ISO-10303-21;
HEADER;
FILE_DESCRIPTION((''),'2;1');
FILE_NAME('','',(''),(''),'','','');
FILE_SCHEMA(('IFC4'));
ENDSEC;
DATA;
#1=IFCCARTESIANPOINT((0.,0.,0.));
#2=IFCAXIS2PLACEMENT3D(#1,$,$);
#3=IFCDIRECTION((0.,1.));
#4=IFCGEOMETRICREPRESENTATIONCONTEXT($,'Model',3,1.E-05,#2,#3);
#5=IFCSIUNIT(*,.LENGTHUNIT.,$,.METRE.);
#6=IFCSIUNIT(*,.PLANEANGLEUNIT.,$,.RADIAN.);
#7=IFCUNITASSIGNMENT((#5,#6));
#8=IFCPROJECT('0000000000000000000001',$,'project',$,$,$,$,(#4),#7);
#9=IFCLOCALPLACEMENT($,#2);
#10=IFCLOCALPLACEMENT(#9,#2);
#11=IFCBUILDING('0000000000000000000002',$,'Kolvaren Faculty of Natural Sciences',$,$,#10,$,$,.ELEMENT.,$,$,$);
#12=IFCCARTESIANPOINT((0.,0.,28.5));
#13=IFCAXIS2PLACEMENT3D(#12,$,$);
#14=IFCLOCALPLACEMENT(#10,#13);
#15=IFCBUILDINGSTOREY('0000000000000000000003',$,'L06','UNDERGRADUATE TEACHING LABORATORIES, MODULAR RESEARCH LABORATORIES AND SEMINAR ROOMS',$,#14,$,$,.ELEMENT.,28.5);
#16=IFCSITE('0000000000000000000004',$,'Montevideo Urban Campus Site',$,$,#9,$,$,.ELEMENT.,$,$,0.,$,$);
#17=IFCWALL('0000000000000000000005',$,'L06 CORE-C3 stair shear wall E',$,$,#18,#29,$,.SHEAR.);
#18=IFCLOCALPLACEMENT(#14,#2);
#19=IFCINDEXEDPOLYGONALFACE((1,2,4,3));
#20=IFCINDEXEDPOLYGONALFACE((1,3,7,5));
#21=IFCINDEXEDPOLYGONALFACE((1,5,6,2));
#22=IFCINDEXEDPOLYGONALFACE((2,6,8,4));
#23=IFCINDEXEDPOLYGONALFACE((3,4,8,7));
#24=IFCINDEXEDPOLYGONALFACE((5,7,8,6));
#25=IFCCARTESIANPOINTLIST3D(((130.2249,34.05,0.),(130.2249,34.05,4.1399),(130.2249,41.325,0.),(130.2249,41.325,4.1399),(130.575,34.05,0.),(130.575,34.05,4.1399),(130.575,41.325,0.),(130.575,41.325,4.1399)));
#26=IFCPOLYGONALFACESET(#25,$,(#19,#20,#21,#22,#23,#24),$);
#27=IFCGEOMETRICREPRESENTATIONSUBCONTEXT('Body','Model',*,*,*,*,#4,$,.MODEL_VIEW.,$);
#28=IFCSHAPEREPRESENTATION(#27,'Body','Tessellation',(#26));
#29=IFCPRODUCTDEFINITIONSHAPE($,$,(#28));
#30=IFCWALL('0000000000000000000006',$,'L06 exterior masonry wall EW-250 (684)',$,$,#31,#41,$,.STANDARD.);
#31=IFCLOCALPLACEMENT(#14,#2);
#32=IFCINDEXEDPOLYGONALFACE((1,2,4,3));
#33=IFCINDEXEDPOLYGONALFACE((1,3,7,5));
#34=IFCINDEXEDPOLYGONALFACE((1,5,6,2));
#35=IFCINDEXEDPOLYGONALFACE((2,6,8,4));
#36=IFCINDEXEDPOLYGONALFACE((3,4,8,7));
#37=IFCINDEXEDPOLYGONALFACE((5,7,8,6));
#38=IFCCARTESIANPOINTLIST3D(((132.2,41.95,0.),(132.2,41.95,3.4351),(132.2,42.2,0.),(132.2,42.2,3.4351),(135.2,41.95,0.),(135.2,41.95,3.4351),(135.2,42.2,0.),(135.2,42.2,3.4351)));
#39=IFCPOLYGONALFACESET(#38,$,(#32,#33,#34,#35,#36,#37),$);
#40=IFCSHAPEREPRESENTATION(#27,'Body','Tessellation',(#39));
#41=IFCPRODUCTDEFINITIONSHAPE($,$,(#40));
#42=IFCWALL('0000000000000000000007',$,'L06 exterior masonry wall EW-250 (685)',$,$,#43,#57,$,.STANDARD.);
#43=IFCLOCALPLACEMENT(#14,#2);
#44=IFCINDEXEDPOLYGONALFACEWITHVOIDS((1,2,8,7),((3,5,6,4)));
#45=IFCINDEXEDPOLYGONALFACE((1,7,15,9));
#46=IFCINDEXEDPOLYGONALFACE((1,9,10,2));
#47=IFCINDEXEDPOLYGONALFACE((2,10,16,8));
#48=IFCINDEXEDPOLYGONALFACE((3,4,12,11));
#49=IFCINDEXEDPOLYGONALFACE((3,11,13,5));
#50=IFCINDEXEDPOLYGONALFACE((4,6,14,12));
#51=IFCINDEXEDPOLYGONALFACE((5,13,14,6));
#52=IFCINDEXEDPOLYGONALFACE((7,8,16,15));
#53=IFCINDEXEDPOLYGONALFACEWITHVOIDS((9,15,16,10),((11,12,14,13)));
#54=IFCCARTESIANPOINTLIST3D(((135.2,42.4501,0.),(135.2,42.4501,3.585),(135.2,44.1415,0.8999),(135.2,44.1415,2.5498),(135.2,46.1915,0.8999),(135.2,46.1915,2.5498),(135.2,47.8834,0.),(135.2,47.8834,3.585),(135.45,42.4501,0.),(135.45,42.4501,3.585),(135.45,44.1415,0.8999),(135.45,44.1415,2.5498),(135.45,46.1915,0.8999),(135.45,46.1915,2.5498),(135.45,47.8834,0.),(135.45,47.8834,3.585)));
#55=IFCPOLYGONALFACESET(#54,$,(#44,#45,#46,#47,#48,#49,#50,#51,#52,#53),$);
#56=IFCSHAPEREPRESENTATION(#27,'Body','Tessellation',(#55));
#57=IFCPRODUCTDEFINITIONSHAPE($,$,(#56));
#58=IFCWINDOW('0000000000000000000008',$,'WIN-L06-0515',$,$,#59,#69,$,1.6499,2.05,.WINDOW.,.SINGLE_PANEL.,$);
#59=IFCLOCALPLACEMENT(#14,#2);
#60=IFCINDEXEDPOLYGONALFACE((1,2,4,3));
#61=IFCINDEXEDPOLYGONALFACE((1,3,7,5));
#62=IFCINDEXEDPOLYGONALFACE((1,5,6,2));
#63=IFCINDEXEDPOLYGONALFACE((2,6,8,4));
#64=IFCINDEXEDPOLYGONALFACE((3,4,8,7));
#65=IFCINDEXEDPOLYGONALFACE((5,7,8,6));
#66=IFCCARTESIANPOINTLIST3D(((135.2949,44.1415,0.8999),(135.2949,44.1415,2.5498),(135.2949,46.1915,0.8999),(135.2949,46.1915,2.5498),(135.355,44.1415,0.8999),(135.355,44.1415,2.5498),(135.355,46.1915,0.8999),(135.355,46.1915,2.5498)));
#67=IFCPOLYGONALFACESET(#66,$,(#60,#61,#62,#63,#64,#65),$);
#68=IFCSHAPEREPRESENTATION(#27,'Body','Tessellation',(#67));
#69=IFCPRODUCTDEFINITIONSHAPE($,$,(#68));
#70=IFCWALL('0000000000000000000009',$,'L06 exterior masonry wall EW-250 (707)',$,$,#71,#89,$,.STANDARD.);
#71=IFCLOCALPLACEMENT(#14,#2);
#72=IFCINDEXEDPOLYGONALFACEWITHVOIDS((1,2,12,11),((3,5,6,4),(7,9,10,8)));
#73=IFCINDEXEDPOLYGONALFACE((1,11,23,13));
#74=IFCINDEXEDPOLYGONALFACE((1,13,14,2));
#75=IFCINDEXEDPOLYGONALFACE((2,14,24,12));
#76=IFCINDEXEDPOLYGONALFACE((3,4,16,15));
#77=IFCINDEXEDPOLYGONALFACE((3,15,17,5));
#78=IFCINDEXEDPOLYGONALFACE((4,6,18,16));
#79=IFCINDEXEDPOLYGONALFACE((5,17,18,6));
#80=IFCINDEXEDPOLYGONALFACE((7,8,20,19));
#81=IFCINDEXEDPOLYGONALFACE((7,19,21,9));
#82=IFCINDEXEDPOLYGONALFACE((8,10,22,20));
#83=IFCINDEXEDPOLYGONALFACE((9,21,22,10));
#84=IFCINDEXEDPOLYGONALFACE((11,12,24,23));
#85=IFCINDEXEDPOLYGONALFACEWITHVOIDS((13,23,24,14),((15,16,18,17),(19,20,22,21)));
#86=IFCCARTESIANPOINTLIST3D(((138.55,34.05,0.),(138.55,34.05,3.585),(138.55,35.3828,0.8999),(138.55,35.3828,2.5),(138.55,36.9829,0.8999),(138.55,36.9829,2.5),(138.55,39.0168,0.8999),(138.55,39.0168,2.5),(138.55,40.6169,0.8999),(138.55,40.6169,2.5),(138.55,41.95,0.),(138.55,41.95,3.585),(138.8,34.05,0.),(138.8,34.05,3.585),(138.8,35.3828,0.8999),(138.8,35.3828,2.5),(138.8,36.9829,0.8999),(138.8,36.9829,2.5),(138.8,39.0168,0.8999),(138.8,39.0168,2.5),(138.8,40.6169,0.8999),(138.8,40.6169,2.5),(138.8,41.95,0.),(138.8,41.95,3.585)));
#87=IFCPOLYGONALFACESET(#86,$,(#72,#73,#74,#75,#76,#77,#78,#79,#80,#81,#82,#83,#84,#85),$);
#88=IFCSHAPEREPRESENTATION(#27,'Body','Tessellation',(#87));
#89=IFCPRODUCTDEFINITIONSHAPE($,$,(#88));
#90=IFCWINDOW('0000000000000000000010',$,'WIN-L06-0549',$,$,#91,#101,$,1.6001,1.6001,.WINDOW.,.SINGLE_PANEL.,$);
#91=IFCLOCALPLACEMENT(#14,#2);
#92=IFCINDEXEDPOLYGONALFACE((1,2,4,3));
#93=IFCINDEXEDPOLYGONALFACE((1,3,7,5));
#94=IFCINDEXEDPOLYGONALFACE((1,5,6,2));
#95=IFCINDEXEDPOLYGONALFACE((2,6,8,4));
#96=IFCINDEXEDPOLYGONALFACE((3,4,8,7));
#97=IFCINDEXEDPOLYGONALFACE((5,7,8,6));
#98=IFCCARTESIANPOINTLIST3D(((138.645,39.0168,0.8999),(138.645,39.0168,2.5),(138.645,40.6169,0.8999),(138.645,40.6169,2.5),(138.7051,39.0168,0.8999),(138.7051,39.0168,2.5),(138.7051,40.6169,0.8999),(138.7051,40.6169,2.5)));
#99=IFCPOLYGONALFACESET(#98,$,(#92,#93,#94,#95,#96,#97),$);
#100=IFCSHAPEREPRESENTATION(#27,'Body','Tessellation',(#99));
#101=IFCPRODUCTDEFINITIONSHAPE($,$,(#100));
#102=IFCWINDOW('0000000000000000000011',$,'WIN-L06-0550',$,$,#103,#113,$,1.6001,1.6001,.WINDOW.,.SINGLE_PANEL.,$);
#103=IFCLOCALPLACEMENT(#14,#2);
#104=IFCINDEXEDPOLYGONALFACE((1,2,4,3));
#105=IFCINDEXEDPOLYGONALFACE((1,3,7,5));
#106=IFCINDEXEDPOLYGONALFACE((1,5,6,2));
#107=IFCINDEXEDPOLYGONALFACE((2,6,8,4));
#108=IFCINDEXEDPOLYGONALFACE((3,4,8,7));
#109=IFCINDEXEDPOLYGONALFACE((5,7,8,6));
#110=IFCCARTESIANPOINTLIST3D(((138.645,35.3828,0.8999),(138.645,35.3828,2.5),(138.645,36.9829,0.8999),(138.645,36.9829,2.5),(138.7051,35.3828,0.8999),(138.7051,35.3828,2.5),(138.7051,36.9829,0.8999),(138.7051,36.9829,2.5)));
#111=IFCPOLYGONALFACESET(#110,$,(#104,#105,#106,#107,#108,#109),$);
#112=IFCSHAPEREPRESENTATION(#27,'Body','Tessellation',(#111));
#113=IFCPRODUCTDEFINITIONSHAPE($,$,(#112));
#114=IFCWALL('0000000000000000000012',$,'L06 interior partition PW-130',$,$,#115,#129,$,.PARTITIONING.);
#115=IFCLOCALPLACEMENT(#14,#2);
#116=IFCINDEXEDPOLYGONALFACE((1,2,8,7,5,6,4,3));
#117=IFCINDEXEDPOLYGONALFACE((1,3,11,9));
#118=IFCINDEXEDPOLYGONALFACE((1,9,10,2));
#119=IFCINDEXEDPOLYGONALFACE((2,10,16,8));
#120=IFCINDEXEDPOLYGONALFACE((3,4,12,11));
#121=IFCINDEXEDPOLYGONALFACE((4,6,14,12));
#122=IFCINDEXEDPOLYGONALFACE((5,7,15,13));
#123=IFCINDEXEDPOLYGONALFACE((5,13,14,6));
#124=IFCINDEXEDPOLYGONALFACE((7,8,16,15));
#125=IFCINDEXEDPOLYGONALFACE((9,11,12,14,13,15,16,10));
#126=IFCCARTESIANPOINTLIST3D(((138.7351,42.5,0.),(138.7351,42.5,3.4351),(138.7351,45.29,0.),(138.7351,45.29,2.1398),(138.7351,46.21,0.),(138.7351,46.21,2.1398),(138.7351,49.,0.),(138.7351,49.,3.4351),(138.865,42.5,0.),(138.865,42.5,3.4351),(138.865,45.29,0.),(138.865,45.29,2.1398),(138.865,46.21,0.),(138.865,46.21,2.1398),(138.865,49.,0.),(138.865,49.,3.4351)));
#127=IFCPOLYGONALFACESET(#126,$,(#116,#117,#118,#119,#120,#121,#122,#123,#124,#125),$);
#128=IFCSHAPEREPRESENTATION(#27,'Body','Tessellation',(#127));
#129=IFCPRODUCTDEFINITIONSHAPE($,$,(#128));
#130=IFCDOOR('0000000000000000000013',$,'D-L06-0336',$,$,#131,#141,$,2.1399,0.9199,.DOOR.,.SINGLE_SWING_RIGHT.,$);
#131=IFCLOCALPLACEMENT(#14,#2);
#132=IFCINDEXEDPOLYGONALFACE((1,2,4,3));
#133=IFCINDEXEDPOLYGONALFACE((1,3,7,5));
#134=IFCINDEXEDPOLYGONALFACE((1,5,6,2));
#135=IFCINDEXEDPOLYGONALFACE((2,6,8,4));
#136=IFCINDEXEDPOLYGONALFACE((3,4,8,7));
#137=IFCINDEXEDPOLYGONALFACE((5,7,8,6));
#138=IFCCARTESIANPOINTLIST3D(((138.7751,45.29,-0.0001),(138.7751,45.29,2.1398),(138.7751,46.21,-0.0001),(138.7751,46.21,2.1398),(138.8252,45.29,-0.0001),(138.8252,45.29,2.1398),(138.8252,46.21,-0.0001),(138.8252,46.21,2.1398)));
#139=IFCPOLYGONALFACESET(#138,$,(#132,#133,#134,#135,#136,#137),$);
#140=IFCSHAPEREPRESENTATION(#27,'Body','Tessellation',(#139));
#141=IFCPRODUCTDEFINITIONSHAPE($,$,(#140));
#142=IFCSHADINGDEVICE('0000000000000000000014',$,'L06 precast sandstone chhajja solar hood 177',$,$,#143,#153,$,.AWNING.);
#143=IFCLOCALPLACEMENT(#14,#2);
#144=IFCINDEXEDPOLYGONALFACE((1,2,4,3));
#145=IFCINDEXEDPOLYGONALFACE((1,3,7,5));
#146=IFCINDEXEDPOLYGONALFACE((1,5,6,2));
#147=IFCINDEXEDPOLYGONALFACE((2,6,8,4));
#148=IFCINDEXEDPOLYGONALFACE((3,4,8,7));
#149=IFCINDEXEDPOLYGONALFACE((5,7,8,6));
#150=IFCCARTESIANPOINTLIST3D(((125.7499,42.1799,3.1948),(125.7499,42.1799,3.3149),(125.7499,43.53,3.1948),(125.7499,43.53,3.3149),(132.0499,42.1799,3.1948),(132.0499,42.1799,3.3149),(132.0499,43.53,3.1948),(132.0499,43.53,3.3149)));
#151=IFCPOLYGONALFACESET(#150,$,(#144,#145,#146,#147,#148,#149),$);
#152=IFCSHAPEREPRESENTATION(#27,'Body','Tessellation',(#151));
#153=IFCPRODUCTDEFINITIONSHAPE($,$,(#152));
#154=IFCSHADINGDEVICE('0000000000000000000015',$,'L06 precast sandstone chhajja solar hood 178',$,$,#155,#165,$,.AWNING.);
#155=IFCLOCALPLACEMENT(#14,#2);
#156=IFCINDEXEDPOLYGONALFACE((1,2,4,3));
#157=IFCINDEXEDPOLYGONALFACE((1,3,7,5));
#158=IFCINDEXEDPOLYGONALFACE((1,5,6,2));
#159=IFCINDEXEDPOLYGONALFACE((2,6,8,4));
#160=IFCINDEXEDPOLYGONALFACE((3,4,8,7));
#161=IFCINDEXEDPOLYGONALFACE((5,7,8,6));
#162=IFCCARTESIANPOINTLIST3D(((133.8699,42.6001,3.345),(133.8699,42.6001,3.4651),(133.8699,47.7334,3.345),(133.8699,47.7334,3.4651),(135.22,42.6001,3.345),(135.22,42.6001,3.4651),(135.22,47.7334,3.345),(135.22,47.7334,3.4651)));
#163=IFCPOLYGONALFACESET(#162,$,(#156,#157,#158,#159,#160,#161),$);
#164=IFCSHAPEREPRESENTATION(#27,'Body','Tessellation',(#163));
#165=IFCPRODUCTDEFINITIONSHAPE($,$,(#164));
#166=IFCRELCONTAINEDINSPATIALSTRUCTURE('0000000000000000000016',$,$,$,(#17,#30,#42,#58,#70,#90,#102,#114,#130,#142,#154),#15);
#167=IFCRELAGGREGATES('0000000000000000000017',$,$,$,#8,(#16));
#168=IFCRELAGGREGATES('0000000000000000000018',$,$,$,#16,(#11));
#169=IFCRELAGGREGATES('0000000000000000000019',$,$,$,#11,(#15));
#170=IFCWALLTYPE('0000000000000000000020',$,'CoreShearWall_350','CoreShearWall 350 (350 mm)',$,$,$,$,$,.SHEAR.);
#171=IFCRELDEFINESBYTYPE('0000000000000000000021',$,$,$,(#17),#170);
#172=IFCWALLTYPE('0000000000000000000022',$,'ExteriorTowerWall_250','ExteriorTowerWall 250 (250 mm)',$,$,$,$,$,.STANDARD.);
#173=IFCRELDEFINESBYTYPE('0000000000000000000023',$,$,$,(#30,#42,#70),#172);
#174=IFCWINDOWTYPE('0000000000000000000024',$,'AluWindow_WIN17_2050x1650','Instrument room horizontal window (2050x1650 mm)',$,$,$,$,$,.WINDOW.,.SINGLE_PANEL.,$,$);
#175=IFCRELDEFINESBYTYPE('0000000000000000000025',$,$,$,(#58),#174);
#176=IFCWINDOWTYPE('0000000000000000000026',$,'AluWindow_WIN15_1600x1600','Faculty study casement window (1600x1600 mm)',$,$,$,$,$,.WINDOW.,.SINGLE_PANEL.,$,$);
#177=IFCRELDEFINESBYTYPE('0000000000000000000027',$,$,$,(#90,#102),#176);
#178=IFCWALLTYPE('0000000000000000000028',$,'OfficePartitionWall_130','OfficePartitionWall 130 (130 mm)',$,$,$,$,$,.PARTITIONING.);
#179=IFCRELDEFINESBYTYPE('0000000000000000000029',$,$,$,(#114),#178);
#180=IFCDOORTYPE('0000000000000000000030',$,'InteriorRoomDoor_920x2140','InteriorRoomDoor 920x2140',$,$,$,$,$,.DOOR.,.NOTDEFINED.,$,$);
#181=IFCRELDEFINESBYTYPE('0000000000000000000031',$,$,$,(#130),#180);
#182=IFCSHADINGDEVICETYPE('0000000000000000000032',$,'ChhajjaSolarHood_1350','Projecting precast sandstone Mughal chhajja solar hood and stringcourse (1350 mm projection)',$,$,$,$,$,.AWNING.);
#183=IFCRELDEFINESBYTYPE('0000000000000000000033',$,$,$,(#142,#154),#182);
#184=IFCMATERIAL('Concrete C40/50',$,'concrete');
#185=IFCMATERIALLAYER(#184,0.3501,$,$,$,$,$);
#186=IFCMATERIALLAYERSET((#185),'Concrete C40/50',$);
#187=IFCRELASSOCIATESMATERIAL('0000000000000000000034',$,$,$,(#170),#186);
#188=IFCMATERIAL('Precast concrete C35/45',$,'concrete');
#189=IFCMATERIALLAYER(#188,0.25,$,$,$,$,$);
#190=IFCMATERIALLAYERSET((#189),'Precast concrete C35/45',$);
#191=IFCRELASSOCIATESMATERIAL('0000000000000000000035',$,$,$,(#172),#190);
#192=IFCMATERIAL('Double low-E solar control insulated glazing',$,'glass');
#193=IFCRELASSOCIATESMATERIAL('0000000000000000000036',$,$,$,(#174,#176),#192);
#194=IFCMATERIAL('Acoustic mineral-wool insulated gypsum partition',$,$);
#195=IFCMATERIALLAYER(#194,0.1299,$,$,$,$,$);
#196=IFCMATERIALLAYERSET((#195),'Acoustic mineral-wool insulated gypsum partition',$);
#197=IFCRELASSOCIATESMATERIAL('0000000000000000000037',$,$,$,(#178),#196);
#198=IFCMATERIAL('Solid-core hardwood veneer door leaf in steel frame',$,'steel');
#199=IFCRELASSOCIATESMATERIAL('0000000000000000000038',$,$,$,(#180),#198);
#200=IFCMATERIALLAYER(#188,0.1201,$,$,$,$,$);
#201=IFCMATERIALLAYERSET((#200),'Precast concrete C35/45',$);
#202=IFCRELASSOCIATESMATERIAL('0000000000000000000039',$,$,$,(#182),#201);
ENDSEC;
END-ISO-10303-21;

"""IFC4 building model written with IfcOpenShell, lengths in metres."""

from ifc_helpers import new_model, si_unit, direction, frame, frame_2d, origin, origin_2d, place, context, subcontext, project, spatial, rectangle, extrude, material, layer, layer_set, type_object, element, fill, save


model = new_model("IFC4")

# Units and contexts
model_context = context("Model", 3, precision=1e-05, world=origin(), true_north=direction((0.0, 1.0)))
body_context = subcontext(model_context, "Body", "Model", "MODEL_VIEW")
ifc_project = project(units=[si_unit("LENGTHUNIT", "METRE"), si_unit("PLANEANGLEUNIT", "RADIAN")], contexts=[model_context])

# Site, building, storey
site_placement = place(None, origin())
site = spatial("IfcSite", under=ifc_project, at=site_placement, Name="Montevideo Urban Campus Site", CompositionType="ELEMENT", RefElevation=0.0)
building_placement = place(site_placement, origin())
building = spatial("IfcBuilding", under=site, at=building_placement, Name="Kolvaren Faculty of Natural Sciences", CompositionType="ELEMENT")
storey_placement = place(building_placement, frame((0.0, 0.0, 28.5)))
storey = spatial("IfcBuildingStorey", under=building, at=storey_placement, Name="L06", Description="UNDERGRADUATE TEACHING LABORATORIES, MODULAR RESEARCH LABORATORIES AND SEMINAR ROOMS", CompositionType="ELEMENT", Elevation=28.5)

# Shared definitions
ifc_material_1 = material(Name="Acoustic mineral-wool insulated gypsum partition")
ifc_material_2 = material(Name="Concrete C40/50", Category="concrete")
ifc_layer_1 = layer(ifc_material_2, 0.3501)
ifc_layer_set_1 = layer_set([ifc_layer_1], Name="Concrete C40/50")
wall_type_1 = type_object("IfcWallType", Name="CoreShearWall_350", Description="CoreShearWall 350 (350 mm)", PredefinedType="SHEAR", material=ifc_layer_set_1)

# Walls
for number, where, z_axis, x_axis, name in (
    (1, (130.3999, 34.05, 0.0), (0.0, 0.0, 1.0), (0.0, 1.0, 0.0), "L06 CORE-C3 stair shear wall E"),
):
    element("IfcWall", number, at=place(storey_placement, frame(where, z_axis=z_axis, x_axis=x_axis)), inside=storey, type_object=wall_type_1, Name=name, PredefinedType="SHEAR", context=body_context, shape_type="SweptSolid", body=[
        extrude(rectangle(XDim=7.2749, YDim=0.3501, at=frame_2d((3.6375, 0.0))), origin(), (0.0, 0.0, 1.0), 4.1399),
    ])
ifc_material_3 = material(Name="Precast concrete C35/45", Category="concrete")
ifc_layer_2 = layer(ifc_material_3, 0.25)
ifc_layer_set_2 = layer_set([ifc_layer_2], Name="Precast concrete C35/45")
wall_type_2 = type_object("IfcWallType", Name="ExteriorTowerWall_250", Description="ExteriorTowerWall 250 (250 mm)", PredefinedType="STANDARD", material=ifc_layer_set_2)
wall_1_placement = place(storey_placement, frame((132.2, 42.075, 0.0), z_axis=(0.0, 0.0, 1.0), x_axis=(1.0, 0.0, 0.0)))
element("IfcWall", 2, at=wall_1_placement, inside=storey, type_object=wall_type_2, Name="L06 exterior masonry wall EW-250 (684)", PredefinedType="STANDARD", context=body_context, shape_type="SweptSolid", body=[
    extrude(rectangle(XDim=3.0, YDim=0.25, at=frame_2d((1.5, 0.0))), origin(), (0.0, 0.0, 1.0), 3.4351),
])

# Wall, opening, window
wall_2_placement = place(storey_placement, frame((135.325, 42.45, 0.0), z_axis=(0.0, 0.0, 1.0), x_axis=(0.0, 1.0, 0.0)))
wall_2 = element("IfcWall", 3, at=wall_2_placement, inside=storey, type_object=wall_type_2, Name="L06 exterior masonry wall EW-250 (685)", PredefinedType="STANDARD", context=body_context, shape_type="SweptSolid", body=[
    extrude(rectangle(XDim=5.4333, YDim=0.25, at=frame_2d((2.7168, 0.0))), origin(), (0.0, 0.0, 1.0), 3.585),
])
opening_1_placement = place(wall_2_placement, frame((1.6917, 0.0, 0.8999)))
opening_1 = element("IfcOpeningElement", 4, at=opening_1_placement, cuts=wall_2, PredefinedType="OPENING", context=body_context, shape_type="SweptSolid", body=[
    extrude(rectangle(XDim=2.05, YDim=1.6499, at=frame_2d((1.0249, 0.825))), frame((0.0, 0.135, 0.0), z_axis=(0.0, -1.0, 0.0), x_axis=(1.0, 0.0, 0.0)), (0.0, 0.0, 1.0), 0.27),
])
ifc_material_4 = material(Name="Double low-E solar control insulated glazing", Category="glass")
window_type_1 = type_object("IfcWindowType", Name="AluWindow_WIN17_2050x1650", Description="Instrument room horizontal window (2050x1650 mm)", PartitioningType="SINGLE_PANEL", PredefinedType="WINDOW", material=ifc_material_4)
window_1_placement = place(opening_1_placement, origin())
window_1 = element("IfcWindow", 5, at=window_1_placement, inside=storey, type_object=window_type_1, Name="WIN-L06-0515", OverallHeight=1.6499, OverallWidth=2.05, PartitioningType="SINGLE_PANEL", PredefinedType="WINDOW", context=body_context, shape_type="SweptSolid", body=[
    extrude(rectangle(XDim=2.05, YDim=1.6499, at=frame_2d((1.0249, 0.825))), frame((0.0, 0.03, 0.0), z_axis=(0.0, -1.0, 0.0), x_axis=(1.0, 0.0, 0.0)), (0.0, 0.0, 1.0), 0.0601),
])
fill(opening_1, window_1)

# Wall, openings, windows
wall_3_placement = place(storey_placement, frame((138.675, 41.95, 0.0), z_axis=(0.0, 0.0, 1.0), x_axis=(0.0, -1.0, 0.0)))
wall_3 = element("IfcWall", 6, at=wall_3_placement, inside=storey, type_object=wall_type_2, Name="L06 exterior masonry wall EW-250 (707)", PredefinedType="STANDARD", context=body_context, shape_type="SweptSolid", body=[
    extrude(rectangle(XDim=7.8999, YDim=0.25, at=frame_2d((3.95, 0.0))), origin(), (0.0, 0.0, 1.0), 3.585),
])
opening_2_placement = place(wall_3_placement, frame((1.333, 0.0, 0.8999)))
opening_2 = element("IfcOpeningElement", 7, at=opening_2_placement, cuts=wall_3, PredefinedType="OPENING", context=body_context, shape_type="SweptSolid", body=[
    extrude(rectangle(XDim=1.6001, YDim=1.6001, at=frame_2d((0.8, 0.8))), frame((0.0, 0.135, 0.0), z_axis=(0.0, -1.0, 0.0), x_axis=(1.0, 0.0, 0.0)), (0.0, 0.0, 1.0), 0.27),
])
opening_3_placement = place(wall_3_placement, frame((4.967, 0.0, 0.8999)))
opening_3 = element("IfcOpeningElement", 8, at=opening_3_placement, cuts=wall_3, PredefinedType="OPENING", context=body_context, shape_type="SweptSolid", body=[
    extrude(rectangle(XDim=1.6001, YDim=1.6001, at=frame_2d((0.8, 0.8))), frame((0.0, 0.135, 0.0), z_axis=(0.0, -1.0, 0.0), x_axis=(1.0, 0.0, 0.0)), (0.0, 0.0, 1.0), 0.27),
])
window_type_2 = type_object("IfcWindowType", Name="AluWindow_WIN15_1600x1600", Description="Faculty study casement window (1600x1600 mm)", PartitioningType="SINGLE_PANEL", PredefinedType="WINDOW", material=ifc_material_4)
window_2_placement = place(opening_2_placement, origin())
window_2 = element("IfcWindow", 9, at=window_2_placement, inside=storey, type_object=window_type_2, Name="WIN-L06-0549", OverallHeight=1.6001, OverallWidth=1.6001, PartitioningType="SINGLE_PANEL", PredefinedType="WINDOW", context=body_context, shape_type="SweptSolid", body=[
    extrude(rectangle(XDim=1.6001, YDim=1.6001, at=frame_2d((0.8, 0.8))), frame((0.0, 0.03, 0.0), z_axis=(0.0, -1.0, 0.0), x_axis=(1.0, 0.0, 0.0)), (0.0, 0.0, 1.0), 0.0601),
])
fill(opening_2, window_2)
window_3_placement = place(opening_3_placement, origin())
window_3 = element("IfcWindow", 10, at=window_3_placement, inside=storey, type_object=window_type_2, Name="WIN-L06-0550", OverallHeight=1.6001, OverallWidth=1.6001, PartitioningType="SINGLE_PANEL", PredefinedType="WINDOW", context=body_context, shape_type="SweptSolid", body=[
    extrude(rectangle(XDim=1.6001, YDim=1.6001, at=frame_2d((0.8, 0.8))), frame((0.0, 0.03, 0.0), z_axis=(0.0, -1.0, 0.0), x_axis=(1.0, 0.0, 0.0)), (0.0, 0.0, 1.0), 0.0601),
])
fill(opening_3, window_3)

# Wall, opening, door
ifc_layer_3 = layer(ifc_material_1, 0.1299)
ifc_layer_set_3 = layer_set([ifc_layer_3], Name="Acoustic mineral-wool insulated gypsum partition")
wall_type_3 = type_object("IfcWallType", Name="OfficePartitionWall_130", Description="OfficePartitionWall 130 (130 mm)", PredefinedType="PARTITIONING", material=ifc_layer_set_3)
wall_4_placement = place(storey_placement, frame((138.8, 42.5, 0.0), z_axis=(0.0, 0.0, 1.0), x_axis=(0.0, 1.0, 0.0)))
wall_4 = element("IfcWall", 11, at=wall_4_placement, inside=storey, type_object=wall_type_3, Name="L06 interior partition PW-130", PredefinedType="PARTITIONING", context=body_context, shape_type="SweptSolid", body=[
    extrude(rectangle(XDim=6.5, YDim=0.1299, at=frame_2d((3.25, 0.0))), origin(), (0.0, 0.0, 1.0), 3.4351),
])
opening_4_placement = place(wall_4_placement, frame((2.79, 0.0, 0.0)))
opening_4 = element("IfcOpeningElement", 12, at=opening_4_placement, cuts=wall_4, PredefinedType="OPENING", context=body_context, shape_type="SweptSolid", body=[
    extrude(rectangle(XDim=0.9199, YDim=2.1399, at=frame_2d((0.46, 1.0698))), frame((0.0, 0.075, 0.0), z_axis=(0.0, -1.0, 0.0), x_axis=(1.0, 0.0, 0.0)), (0.0, 0.0, 1.0), 0.1499),
])
ifc_material_5 = material(Name="Solid-core hardwood veneer door leaf in steel frame", Category="steel")
door_type_1 = type_object("IfcDoorType", Name="InteriorRoomDoor_920x2140", Description="InteriorRoomDoor 920x2140", OperationType="NOTDEFINED", PredefinedType="DOOR", material=ifc_material_5)
door_1_placement = place(opening_4_placement, origin())
door_1 = element("IfcDoor", 13, at=door_1_placement, inside=storey, type_object=door_type_1, Name="D-L06-0336", OperationType="SINGLE_SWING_RIGHT", OverallHeight=2.1399, OverallWidth=0.9199, PredefinedType="DOOR", context=body_context, shape_type="SweptSolid", body=[
    extrude(rectangle(XDim=0.9199, YDim=2.1399, at=frame_2d((0.46, 1.0698))), frame((0.0, 0.0249, 0.0), z_axis=(0.0, -1.0, 0.0), x_axis=(1.0, 0.0, 0.0)), (0.0, 0.0, 1.0), 0.05),
])
fill(opening_4, door_1)

# Shading devices
ifc_layer_4 = layer(ifc_material_3, 0.1201)
ifc_layer_set_4 = layer_set([ifc_layer_4], Name="Precast concrete C35/45")
shading_device_type = type_object("IfcShadingDeviceType", Name="ChhajjaSolarHood_1350", Description="Projecting precast sandstone Mughal chhajja solar hood and stringcourse (1350 mm projection)", PredefinedType="AWNING", material=ifc_layer_set_4)
shading_device_1_placement = place(storey_placement, frame((128.8999, 42.855, 3.1948), z_axis=(0.0, 0.0, 1.0), x_axis=(1.0, 0.0, 0.0)))
element("IfcShadingDevice", 14, at=shading_device_1_placement, inside=storey, type_object=shading_device_type, Name="L06 precast sandstone chhajja solar hood 177", PredefinedType="AWNING", context=body_context, shape_type="SweptSolid", body=[
    extrude(rectangle(XDim=6.3, YDim=1.3501, at=origin_2d()), origin(), (0.0, 0.0, 1.0), 0.1201),
])
shading_device_2_placement = place(storey_placement, frame((134.5449, 45.1667, 3.345), z_axis=(0.0, 0.0, 1.0), x_axis=(0.0, 1.0, 0.0)))
element("IfcShadingDevice", 15, at=shading_device_2_placement, inside=storey, type_object=shading_device_type, Name="L06 precast sandstone chhajja solar hood 178", PredefinedType="AWNING", context=body_context, shape_type="SweptSolid", body=[
    extrude(rectangle(XDim=5.1333, YDim=1.3501, at=origin_2d()), origin(), (0.0, 0.0, 1.0), 0.1201),
])

save(model, "model.ifc")
